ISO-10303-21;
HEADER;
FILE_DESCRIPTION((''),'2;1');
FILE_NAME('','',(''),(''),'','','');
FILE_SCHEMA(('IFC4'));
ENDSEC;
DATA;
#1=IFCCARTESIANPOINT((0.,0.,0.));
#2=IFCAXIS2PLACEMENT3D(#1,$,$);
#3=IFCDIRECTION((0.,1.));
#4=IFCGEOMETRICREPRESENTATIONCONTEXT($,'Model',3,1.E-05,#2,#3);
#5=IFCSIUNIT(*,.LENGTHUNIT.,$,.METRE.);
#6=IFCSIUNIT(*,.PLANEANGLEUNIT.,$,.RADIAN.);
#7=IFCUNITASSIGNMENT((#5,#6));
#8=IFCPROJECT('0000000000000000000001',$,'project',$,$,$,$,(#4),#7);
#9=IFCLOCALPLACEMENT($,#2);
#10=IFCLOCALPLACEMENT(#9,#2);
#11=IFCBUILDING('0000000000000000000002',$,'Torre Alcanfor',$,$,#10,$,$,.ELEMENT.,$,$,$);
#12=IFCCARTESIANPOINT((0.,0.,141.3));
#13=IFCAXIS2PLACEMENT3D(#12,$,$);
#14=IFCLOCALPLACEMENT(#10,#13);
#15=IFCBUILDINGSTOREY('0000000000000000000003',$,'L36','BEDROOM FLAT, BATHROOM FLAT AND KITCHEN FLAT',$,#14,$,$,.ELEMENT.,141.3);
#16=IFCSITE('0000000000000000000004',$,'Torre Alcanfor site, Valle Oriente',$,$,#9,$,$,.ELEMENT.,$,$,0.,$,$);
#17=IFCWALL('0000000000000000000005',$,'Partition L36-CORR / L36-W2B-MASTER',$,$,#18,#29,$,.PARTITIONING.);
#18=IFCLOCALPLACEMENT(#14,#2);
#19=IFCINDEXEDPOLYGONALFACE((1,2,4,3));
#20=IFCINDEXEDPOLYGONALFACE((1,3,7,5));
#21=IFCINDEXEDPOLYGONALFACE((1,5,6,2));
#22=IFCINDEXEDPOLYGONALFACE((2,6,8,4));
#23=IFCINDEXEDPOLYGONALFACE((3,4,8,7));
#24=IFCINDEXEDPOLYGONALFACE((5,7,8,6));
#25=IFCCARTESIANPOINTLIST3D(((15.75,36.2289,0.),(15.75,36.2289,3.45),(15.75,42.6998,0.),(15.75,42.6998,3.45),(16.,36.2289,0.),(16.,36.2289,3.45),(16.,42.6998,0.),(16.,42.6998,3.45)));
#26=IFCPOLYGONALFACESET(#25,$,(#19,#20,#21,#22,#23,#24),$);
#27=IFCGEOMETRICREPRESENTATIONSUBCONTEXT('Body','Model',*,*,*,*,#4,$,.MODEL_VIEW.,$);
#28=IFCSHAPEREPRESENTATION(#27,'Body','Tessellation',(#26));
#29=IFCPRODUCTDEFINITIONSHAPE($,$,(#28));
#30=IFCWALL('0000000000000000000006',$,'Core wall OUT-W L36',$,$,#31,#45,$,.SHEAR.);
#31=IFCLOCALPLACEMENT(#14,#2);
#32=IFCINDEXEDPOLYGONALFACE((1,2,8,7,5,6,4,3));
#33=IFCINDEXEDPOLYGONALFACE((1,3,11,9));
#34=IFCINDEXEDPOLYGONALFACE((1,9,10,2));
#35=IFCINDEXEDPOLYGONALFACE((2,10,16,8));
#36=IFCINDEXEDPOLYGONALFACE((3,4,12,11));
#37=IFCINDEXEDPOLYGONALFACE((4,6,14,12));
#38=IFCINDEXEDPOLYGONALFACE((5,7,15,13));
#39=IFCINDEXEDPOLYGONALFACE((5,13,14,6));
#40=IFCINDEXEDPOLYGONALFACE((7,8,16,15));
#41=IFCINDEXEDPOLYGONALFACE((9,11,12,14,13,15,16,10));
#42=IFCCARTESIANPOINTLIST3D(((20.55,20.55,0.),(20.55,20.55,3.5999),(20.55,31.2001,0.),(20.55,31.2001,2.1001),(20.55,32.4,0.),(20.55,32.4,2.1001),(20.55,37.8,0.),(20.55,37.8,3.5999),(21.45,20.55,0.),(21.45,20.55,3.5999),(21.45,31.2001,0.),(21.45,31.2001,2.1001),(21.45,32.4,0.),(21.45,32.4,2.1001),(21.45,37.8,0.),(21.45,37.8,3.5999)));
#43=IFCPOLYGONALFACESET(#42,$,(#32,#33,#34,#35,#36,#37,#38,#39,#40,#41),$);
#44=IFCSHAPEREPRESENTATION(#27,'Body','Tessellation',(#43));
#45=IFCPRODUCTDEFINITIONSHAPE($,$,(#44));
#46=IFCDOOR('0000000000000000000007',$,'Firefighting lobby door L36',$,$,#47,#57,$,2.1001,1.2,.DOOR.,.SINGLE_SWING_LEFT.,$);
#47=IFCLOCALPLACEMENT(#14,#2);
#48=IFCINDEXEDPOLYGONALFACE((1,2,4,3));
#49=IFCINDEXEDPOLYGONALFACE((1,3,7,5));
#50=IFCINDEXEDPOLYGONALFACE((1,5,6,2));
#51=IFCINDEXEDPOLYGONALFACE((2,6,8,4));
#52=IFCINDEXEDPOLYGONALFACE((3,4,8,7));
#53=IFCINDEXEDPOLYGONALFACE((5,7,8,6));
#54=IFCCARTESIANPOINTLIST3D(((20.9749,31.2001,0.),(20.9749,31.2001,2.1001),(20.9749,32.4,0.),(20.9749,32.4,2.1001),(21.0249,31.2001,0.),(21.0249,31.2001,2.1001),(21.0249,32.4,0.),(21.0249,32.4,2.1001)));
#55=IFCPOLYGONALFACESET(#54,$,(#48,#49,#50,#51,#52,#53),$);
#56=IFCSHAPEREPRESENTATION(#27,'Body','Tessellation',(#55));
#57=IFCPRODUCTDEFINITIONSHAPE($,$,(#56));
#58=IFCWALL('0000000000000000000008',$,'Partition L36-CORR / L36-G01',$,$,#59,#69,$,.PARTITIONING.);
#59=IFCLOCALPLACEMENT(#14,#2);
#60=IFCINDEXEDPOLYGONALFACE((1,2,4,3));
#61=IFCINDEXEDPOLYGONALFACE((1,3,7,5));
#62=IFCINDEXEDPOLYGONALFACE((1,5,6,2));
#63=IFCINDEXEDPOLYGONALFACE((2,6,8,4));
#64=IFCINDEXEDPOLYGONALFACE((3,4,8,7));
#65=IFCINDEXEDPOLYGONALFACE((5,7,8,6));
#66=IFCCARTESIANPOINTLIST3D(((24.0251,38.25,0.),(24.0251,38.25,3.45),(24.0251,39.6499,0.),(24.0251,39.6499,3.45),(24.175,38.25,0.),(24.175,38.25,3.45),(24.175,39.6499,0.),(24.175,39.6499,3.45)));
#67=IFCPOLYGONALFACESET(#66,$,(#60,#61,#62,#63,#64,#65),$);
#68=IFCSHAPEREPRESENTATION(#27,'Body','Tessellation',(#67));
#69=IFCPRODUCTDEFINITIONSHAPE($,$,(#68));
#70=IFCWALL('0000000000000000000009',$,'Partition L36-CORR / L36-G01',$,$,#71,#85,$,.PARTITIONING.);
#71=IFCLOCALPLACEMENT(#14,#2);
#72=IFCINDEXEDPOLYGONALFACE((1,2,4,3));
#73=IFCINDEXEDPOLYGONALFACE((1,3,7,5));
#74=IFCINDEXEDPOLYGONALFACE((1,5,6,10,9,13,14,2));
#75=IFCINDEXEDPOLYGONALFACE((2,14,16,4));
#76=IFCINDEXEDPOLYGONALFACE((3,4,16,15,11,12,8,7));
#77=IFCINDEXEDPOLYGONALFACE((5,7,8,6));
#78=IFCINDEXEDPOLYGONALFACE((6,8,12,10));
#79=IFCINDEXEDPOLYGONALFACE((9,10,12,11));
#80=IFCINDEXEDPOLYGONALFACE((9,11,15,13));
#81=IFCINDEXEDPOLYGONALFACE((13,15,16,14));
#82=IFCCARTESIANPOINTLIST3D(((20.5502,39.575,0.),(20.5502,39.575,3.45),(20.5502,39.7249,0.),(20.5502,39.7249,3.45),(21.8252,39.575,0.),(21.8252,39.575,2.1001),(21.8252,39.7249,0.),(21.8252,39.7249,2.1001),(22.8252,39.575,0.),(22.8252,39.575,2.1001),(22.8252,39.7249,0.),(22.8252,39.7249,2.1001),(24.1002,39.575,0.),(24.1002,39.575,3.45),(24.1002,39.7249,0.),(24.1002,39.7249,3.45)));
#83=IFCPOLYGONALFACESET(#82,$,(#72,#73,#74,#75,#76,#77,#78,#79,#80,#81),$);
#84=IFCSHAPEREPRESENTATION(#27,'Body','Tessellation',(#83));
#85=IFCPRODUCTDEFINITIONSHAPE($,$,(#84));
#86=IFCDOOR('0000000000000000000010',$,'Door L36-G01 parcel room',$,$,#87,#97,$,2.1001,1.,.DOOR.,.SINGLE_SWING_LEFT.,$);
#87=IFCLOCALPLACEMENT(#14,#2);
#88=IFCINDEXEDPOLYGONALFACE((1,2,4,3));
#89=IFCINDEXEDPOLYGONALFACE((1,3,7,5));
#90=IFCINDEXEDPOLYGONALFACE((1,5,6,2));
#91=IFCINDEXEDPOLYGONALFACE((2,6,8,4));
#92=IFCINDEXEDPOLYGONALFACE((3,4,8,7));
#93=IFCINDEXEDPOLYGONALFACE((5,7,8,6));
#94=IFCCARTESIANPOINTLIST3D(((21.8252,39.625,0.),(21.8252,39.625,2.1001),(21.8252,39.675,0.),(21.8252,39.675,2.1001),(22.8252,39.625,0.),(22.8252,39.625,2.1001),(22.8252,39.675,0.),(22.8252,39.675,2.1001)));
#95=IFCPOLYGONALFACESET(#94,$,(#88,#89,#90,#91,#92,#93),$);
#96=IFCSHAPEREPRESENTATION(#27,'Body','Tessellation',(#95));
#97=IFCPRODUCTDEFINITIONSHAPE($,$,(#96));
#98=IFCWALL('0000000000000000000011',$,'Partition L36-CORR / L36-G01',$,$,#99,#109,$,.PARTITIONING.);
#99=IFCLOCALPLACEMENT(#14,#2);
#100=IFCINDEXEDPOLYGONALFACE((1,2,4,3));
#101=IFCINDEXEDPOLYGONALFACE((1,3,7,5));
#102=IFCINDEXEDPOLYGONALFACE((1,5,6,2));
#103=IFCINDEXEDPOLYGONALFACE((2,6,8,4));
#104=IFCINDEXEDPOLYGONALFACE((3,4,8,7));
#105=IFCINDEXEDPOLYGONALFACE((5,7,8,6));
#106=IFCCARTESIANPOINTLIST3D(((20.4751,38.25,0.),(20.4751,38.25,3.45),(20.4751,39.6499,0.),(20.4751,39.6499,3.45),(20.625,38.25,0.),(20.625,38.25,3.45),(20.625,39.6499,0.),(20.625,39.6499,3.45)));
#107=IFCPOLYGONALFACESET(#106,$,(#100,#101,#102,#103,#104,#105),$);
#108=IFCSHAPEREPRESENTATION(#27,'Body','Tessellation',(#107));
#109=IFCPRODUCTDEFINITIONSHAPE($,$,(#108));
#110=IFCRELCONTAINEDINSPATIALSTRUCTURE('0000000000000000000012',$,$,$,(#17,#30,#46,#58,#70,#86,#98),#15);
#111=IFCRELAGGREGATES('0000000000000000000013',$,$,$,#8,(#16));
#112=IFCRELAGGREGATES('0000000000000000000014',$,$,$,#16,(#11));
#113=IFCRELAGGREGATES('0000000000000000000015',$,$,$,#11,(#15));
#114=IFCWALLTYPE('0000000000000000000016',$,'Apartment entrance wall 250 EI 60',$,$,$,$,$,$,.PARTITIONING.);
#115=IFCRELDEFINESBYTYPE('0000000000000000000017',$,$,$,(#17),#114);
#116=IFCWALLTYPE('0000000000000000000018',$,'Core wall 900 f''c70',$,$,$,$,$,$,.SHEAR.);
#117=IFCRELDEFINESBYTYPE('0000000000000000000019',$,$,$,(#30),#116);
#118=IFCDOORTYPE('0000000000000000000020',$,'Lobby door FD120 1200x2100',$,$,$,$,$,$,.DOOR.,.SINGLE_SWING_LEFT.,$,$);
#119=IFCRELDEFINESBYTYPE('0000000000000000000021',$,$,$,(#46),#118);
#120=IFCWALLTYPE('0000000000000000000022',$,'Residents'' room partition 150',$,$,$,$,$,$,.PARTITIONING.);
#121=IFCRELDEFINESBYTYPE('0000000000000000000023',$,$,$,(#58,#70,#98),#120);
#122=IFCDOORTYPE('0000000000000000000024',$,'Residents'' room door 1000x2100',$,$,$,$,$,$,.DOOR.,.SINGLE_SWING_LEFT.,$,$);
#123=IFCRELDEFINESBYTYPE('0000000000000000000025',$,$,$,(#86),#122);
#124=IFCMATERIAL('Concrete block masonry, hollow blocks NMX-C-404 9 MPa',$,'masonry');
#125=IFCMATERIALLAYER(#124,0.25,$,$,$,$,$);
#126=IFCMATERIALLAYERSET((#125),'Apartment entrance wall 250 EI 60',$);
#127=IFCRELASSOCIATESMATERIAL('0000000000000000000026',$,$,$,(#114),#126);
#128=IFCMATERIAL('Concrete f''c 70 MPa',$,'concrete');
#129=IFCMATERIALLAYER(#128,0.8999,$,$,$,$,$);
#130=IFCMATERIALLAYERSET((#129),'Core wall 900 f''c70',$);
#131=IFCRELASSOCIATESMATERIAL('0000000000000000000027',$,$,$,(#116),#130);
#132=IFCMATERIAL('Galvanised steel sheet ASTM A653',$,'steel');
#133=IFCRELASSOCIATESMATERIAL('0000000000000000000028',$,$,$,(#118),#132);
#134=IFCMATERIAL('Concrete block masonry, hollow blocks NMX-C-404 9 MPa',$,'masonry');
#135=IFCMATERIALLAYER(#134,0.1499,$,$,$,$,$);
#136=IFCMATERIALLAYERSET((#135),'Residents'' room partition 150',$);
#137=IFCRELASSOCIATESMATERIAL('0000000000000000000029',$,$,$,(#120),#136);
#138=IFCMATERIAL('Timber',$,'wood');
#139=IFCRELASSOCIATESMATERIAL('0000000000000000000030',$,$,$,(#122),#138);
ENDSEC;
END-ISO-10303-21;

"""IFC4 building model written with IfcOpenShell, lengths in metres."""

from ifc_helpers import new_model, si_unit, direction, frame, frame_2d, origin, place, context, subcontext, project, spatial, rectangle, extrude, material, layer, layer_set, type_object, element, fill, save


model = new_model("IFC4")

# Units and contexts
model_context = context("Model", 3, precision=1e-05, world=origin(), true_north=direction((0.0, 1.0)))
body_context = subcontext(model_context, "Body", "Model", "MODEL_VIEW")
ifc_project = project(units=[si_unit("LENGTHUNIT", "METRE"), si_unit("PLANEANGLEUNIT", "RADIAN")], contexts=[model_context])

# Site, building, storey
site_placement = place(None, origin())
site = spatial("IfcSite", under=ifc_project, at=site_placement, Name="Torre Alcanfor site, Valle Oriente", CompositionType="ELEMENT", RefElevation=0.0)
building_placement = place(site_placement, origin())
building = spatial("IfcBuilding", under=site, at=building_placement, Name="Torre Alcanfor", CompositionType="ELEMENT")
storey_placement = place(building_placement, frame((0.0, 0.0, 141.3)))
storey = spatial("IfcBuildingStorey", under=building, at=storey_placement, Name="L36", Description="BEDROOM FLAT, BATHROOM FLAT AND KITCHEN FLAT", CompositionType="ELEMENT", Elevation=141.3)

# Wall
ifc_material_1 = material(Name="Concrete block masonry, hollow blocks NMX-C-404 9 MPa", Category="masonry")
ifc_layer_1 = layer(ifc_material_1, 0.25)
ifc_layer_set_1 = layer_set([ifc_layer_1], Name="Apartment entrance wall 250 EI 60")
wall_type_1 = type_object("IfcWallType", Name="Apartment entrance wall 250 EI 60", PredefinedType="PARTITIONING", material=ifc_layer_set_1)
wall_1_placement = place(storey_placement, frame((15.875, 36.229, 0.0), z_axis=(0.0, 0.0, 1.0), x_axis=(0.0, 1.0, 0.0)))
element("IfcWall", 1, at=wall_1_placement, inside=storey, type_object=wall_type_1, Name="Partition L36-CORR / L36-W2B-MASTER", PredefinedType="PARTITIONING", context=body_context, shape_type="SweptSolid", body=[
    extrude(rectangle(XDim=6.4709, YDim=0.25, at=frame_2d((3.2354, 0.0))), origin(), (0.0, 0.0, 1.0), 3.45),
])

# Wall, opening, door
ifc_material_2 = material(Name="Concrete f'c 70 MPa", Category="concrete")
ifc_layer_2 = layer(ifc_material_2, 0.8999)
ifc_layer_set_2 = layer_set([ifc_layer_2], Name="Core wall 900 f'c70")
wall_type_2 = type_object("IfcWallType", Name="Core wall 900 f'c70", PredefinedType="SHEAR", material=ifc_layer_set_2)
wall_2_placement = place(storey_placement, frame((21.0, 37.8, 0.0), z_axis=(0.0, 0.0, 1.0), x_axis=(0.0, -1.0, 0.0)))
wall_2 = element("IfcWall", 2, at=wall_2_placement, inside=storey, type_object=wall_type_2, Name="Core wall OUT-W L36", PredefinedType="SHEAR", context=body_context, shape_type="SweptSolid", body=[
    extrude(rectangle(XDim=17.25, YDim=0.8999, at=frame_2d((8.625, 0.0))), origin(), (0.0, 0.0, 1.0), 3.5999),
])
opening_1_placement = place(wall_2_placement, frame((5.3999, 0.0, 0.0)))
opening_1 = element("IfcOpeningElement", 3, at=opening_1_placement, cuts=wall_2, PredefinedType="OPENING", context=body_context, shape_type="SweptSolid", body=[
    extrude(rectangle(XDim=1.2, YDim=2.1001, at=frame_2d((0.6001, 1.05))), frame((0.0, 0.46, 0.0), z_axis=(0.0, -1.0, 0.0), x_axis=(1.0, 0.0, 0.0)), (0.0, 0.0, 1.0), 0.9199),
])
ifc_material_3 = material(Name="Galvanised steel sheet ASTM A653", Category="steel")
door_type_1 = type_object("IfcDoorType", Name="Lobby door FD120 1200x2100", OperationType="SINGLE_SWING_LEFT", PredefinedType="DOOR", material=ifc_material_3)
door_1_placement = place(opening_1_placement, origin())
door_1 = element("IfcDoor", 4, at=door_1_placement, inside=storey, type_object=door_type_1, Name="Firefighting lobby door L36", OperationType="SINGLE_SWING_LEFT", OverallHeight=2.1001, OverallWidth=1.2, PredefinedType="DOOR", context=body_context, shape_type="SweptSolid", body=[
    extrude(rectangle(XDim=1.2, YDim=2.1001, at=frame_2d((0.6001, 1.05))), frame((0.0, 0.0249, 0.0), z_axis=(0.0, -1.0, 0.0), x_axis=(1.0, 0.0, 0.0)), (0.0, 0.0, 1.0), 0.05),
])
fill(opening_1, door_1)

# Wall
ifc_material_4 = material(Name="Concrete block masonry, hollow blocks NMX-C-404 9 MPa", Category="masonry")
ifc_layer_3 = layer(ifc_material_4, 0.1499)
ifc_layer_set_3 = layer_set([ifc_layer_3], Name="Residents' room partition 150")
wall_type_3 = type_object("IfcWallType", Name="Residents' room partition 150", PredefinedType="PARTITIONING", material=ifc_layer_set_3)
wall_3_placement = place(storey_placement, frame((24.1001, 38.25, 0.0), z_axis=(0.0, 0.0, 1.0), x_axis=(0.0, 1.0, 0.0)))
element("IfcWall", 5, at=wall_3_placement, inside=storey, type_object=wall_type_3, Name="Partition L36-CORR / L36-G01", PredefinedType="PARTITIONING", context=body_context, shape_type="SweptSolid", body=[
    extrude(rectangle(XDim=1.3999, YDim=0.1499, at=frame_2d((0.7, 0.0))), origin(), (0.0, 0.0, 1.0), 3.45),
])

# Wall, opening, door
wall_4_placement = place(storey_placement, frame((24.1001, 39.6499, 0.0), z_axis=(0.0, 0.0, 1.0), x_axis=(-1.0, 0.0, 0.0)))
wall_4 = element("IfcWall", 6, at=wall_4_placement, inside=storey, type_object=wall_type_3, Name="Partition L36-CORR / L36-G01", PredefinedType="PARTITIONING", context=body_context, shape_type="SweptSolid", body=[
    extrude(rectangle(XDim=3.55, YDim=0.1499, at=frame_2d((1.7749, 0.0))), origin(), (0.0, 0.0, 1.0), 3.45),
])
opening_2_placement = place(wall_4_placement, frame((1.2749, 0.0, 0.0)))
opening_2 = element("IfcOpeningElement", 7, at=opening_2_placement, cuts=wall_4, PredefinedType="OPENING", context=body_context, shape_type="SweptSolid", body=[
    extrude(rectangle(XDim=1.0, YDim=2.1001, at=frame_2d((0.5, 1.05))), frame((0.0, 0.085, 0.0), z_axis=(0.0, -1.0, 0.0), x_axis=(1.0, 0.0, 0.0)), (0.0, 0.0, 1.0), 0.1699),
])
ifc_material_5 = material(Name="Timber", Category="wood")
door_type_2 = type_object("IfcDoorType", Name="Residents' room door 1000x2100", OperationType="SINGLE_SWING_LEFT", PredefinedType="DOOR", material=ifc_material_5)
door_2_placement = place(opening_2_placement, origin())
door_2 = element("IfcDoor", 8, at=door_2_placement, inside=storey, type_object=door_type_2, Name="Door L36-G01 parcel room", OperationType="SINGLE_SWING_LEFT", OverallHeight=2.1001, OverallWidth=1.0, PredefinedType="DOOR", context=body_context, shape_type="SweptSolid", body=[
    extrude(rectangle(XDim=1.0, YDim=2.1001, at=frame_2d((0.5, 1.05))), frame((0.0, 0.0249, 0.0), z_axis=(0.0, -1.0, 0.0), x_axis=(1.0, 0.0, 0.0)), (0.0, 0.0, 1.0), 0.05),
])
fill(opening_2, door_2)

# Wall
wall_5_placement = place(storey_placement, frame((20.55, 39.6499, 0.0), z_axis=(0.0, 0.0, 1.0), x_axis=(0.0, -1.0, 0.0)))
element("IfcWall", 9, at=wall_5_placement, inside=storey, type_object=wall_type_3, Name="Partition L36-CORR / L36-G01", PredefinedType="PARTITIONING", context=body_context, shape_type="SweptSolid", body=[
    extrude(rectangle(XDim=1.3999, YDim=0.1499, at=frame_2d((0.7, 0.0))), origin(), (0.0, 0.0, 1.0), 3.45),
])

save(model, "model.ifc")
